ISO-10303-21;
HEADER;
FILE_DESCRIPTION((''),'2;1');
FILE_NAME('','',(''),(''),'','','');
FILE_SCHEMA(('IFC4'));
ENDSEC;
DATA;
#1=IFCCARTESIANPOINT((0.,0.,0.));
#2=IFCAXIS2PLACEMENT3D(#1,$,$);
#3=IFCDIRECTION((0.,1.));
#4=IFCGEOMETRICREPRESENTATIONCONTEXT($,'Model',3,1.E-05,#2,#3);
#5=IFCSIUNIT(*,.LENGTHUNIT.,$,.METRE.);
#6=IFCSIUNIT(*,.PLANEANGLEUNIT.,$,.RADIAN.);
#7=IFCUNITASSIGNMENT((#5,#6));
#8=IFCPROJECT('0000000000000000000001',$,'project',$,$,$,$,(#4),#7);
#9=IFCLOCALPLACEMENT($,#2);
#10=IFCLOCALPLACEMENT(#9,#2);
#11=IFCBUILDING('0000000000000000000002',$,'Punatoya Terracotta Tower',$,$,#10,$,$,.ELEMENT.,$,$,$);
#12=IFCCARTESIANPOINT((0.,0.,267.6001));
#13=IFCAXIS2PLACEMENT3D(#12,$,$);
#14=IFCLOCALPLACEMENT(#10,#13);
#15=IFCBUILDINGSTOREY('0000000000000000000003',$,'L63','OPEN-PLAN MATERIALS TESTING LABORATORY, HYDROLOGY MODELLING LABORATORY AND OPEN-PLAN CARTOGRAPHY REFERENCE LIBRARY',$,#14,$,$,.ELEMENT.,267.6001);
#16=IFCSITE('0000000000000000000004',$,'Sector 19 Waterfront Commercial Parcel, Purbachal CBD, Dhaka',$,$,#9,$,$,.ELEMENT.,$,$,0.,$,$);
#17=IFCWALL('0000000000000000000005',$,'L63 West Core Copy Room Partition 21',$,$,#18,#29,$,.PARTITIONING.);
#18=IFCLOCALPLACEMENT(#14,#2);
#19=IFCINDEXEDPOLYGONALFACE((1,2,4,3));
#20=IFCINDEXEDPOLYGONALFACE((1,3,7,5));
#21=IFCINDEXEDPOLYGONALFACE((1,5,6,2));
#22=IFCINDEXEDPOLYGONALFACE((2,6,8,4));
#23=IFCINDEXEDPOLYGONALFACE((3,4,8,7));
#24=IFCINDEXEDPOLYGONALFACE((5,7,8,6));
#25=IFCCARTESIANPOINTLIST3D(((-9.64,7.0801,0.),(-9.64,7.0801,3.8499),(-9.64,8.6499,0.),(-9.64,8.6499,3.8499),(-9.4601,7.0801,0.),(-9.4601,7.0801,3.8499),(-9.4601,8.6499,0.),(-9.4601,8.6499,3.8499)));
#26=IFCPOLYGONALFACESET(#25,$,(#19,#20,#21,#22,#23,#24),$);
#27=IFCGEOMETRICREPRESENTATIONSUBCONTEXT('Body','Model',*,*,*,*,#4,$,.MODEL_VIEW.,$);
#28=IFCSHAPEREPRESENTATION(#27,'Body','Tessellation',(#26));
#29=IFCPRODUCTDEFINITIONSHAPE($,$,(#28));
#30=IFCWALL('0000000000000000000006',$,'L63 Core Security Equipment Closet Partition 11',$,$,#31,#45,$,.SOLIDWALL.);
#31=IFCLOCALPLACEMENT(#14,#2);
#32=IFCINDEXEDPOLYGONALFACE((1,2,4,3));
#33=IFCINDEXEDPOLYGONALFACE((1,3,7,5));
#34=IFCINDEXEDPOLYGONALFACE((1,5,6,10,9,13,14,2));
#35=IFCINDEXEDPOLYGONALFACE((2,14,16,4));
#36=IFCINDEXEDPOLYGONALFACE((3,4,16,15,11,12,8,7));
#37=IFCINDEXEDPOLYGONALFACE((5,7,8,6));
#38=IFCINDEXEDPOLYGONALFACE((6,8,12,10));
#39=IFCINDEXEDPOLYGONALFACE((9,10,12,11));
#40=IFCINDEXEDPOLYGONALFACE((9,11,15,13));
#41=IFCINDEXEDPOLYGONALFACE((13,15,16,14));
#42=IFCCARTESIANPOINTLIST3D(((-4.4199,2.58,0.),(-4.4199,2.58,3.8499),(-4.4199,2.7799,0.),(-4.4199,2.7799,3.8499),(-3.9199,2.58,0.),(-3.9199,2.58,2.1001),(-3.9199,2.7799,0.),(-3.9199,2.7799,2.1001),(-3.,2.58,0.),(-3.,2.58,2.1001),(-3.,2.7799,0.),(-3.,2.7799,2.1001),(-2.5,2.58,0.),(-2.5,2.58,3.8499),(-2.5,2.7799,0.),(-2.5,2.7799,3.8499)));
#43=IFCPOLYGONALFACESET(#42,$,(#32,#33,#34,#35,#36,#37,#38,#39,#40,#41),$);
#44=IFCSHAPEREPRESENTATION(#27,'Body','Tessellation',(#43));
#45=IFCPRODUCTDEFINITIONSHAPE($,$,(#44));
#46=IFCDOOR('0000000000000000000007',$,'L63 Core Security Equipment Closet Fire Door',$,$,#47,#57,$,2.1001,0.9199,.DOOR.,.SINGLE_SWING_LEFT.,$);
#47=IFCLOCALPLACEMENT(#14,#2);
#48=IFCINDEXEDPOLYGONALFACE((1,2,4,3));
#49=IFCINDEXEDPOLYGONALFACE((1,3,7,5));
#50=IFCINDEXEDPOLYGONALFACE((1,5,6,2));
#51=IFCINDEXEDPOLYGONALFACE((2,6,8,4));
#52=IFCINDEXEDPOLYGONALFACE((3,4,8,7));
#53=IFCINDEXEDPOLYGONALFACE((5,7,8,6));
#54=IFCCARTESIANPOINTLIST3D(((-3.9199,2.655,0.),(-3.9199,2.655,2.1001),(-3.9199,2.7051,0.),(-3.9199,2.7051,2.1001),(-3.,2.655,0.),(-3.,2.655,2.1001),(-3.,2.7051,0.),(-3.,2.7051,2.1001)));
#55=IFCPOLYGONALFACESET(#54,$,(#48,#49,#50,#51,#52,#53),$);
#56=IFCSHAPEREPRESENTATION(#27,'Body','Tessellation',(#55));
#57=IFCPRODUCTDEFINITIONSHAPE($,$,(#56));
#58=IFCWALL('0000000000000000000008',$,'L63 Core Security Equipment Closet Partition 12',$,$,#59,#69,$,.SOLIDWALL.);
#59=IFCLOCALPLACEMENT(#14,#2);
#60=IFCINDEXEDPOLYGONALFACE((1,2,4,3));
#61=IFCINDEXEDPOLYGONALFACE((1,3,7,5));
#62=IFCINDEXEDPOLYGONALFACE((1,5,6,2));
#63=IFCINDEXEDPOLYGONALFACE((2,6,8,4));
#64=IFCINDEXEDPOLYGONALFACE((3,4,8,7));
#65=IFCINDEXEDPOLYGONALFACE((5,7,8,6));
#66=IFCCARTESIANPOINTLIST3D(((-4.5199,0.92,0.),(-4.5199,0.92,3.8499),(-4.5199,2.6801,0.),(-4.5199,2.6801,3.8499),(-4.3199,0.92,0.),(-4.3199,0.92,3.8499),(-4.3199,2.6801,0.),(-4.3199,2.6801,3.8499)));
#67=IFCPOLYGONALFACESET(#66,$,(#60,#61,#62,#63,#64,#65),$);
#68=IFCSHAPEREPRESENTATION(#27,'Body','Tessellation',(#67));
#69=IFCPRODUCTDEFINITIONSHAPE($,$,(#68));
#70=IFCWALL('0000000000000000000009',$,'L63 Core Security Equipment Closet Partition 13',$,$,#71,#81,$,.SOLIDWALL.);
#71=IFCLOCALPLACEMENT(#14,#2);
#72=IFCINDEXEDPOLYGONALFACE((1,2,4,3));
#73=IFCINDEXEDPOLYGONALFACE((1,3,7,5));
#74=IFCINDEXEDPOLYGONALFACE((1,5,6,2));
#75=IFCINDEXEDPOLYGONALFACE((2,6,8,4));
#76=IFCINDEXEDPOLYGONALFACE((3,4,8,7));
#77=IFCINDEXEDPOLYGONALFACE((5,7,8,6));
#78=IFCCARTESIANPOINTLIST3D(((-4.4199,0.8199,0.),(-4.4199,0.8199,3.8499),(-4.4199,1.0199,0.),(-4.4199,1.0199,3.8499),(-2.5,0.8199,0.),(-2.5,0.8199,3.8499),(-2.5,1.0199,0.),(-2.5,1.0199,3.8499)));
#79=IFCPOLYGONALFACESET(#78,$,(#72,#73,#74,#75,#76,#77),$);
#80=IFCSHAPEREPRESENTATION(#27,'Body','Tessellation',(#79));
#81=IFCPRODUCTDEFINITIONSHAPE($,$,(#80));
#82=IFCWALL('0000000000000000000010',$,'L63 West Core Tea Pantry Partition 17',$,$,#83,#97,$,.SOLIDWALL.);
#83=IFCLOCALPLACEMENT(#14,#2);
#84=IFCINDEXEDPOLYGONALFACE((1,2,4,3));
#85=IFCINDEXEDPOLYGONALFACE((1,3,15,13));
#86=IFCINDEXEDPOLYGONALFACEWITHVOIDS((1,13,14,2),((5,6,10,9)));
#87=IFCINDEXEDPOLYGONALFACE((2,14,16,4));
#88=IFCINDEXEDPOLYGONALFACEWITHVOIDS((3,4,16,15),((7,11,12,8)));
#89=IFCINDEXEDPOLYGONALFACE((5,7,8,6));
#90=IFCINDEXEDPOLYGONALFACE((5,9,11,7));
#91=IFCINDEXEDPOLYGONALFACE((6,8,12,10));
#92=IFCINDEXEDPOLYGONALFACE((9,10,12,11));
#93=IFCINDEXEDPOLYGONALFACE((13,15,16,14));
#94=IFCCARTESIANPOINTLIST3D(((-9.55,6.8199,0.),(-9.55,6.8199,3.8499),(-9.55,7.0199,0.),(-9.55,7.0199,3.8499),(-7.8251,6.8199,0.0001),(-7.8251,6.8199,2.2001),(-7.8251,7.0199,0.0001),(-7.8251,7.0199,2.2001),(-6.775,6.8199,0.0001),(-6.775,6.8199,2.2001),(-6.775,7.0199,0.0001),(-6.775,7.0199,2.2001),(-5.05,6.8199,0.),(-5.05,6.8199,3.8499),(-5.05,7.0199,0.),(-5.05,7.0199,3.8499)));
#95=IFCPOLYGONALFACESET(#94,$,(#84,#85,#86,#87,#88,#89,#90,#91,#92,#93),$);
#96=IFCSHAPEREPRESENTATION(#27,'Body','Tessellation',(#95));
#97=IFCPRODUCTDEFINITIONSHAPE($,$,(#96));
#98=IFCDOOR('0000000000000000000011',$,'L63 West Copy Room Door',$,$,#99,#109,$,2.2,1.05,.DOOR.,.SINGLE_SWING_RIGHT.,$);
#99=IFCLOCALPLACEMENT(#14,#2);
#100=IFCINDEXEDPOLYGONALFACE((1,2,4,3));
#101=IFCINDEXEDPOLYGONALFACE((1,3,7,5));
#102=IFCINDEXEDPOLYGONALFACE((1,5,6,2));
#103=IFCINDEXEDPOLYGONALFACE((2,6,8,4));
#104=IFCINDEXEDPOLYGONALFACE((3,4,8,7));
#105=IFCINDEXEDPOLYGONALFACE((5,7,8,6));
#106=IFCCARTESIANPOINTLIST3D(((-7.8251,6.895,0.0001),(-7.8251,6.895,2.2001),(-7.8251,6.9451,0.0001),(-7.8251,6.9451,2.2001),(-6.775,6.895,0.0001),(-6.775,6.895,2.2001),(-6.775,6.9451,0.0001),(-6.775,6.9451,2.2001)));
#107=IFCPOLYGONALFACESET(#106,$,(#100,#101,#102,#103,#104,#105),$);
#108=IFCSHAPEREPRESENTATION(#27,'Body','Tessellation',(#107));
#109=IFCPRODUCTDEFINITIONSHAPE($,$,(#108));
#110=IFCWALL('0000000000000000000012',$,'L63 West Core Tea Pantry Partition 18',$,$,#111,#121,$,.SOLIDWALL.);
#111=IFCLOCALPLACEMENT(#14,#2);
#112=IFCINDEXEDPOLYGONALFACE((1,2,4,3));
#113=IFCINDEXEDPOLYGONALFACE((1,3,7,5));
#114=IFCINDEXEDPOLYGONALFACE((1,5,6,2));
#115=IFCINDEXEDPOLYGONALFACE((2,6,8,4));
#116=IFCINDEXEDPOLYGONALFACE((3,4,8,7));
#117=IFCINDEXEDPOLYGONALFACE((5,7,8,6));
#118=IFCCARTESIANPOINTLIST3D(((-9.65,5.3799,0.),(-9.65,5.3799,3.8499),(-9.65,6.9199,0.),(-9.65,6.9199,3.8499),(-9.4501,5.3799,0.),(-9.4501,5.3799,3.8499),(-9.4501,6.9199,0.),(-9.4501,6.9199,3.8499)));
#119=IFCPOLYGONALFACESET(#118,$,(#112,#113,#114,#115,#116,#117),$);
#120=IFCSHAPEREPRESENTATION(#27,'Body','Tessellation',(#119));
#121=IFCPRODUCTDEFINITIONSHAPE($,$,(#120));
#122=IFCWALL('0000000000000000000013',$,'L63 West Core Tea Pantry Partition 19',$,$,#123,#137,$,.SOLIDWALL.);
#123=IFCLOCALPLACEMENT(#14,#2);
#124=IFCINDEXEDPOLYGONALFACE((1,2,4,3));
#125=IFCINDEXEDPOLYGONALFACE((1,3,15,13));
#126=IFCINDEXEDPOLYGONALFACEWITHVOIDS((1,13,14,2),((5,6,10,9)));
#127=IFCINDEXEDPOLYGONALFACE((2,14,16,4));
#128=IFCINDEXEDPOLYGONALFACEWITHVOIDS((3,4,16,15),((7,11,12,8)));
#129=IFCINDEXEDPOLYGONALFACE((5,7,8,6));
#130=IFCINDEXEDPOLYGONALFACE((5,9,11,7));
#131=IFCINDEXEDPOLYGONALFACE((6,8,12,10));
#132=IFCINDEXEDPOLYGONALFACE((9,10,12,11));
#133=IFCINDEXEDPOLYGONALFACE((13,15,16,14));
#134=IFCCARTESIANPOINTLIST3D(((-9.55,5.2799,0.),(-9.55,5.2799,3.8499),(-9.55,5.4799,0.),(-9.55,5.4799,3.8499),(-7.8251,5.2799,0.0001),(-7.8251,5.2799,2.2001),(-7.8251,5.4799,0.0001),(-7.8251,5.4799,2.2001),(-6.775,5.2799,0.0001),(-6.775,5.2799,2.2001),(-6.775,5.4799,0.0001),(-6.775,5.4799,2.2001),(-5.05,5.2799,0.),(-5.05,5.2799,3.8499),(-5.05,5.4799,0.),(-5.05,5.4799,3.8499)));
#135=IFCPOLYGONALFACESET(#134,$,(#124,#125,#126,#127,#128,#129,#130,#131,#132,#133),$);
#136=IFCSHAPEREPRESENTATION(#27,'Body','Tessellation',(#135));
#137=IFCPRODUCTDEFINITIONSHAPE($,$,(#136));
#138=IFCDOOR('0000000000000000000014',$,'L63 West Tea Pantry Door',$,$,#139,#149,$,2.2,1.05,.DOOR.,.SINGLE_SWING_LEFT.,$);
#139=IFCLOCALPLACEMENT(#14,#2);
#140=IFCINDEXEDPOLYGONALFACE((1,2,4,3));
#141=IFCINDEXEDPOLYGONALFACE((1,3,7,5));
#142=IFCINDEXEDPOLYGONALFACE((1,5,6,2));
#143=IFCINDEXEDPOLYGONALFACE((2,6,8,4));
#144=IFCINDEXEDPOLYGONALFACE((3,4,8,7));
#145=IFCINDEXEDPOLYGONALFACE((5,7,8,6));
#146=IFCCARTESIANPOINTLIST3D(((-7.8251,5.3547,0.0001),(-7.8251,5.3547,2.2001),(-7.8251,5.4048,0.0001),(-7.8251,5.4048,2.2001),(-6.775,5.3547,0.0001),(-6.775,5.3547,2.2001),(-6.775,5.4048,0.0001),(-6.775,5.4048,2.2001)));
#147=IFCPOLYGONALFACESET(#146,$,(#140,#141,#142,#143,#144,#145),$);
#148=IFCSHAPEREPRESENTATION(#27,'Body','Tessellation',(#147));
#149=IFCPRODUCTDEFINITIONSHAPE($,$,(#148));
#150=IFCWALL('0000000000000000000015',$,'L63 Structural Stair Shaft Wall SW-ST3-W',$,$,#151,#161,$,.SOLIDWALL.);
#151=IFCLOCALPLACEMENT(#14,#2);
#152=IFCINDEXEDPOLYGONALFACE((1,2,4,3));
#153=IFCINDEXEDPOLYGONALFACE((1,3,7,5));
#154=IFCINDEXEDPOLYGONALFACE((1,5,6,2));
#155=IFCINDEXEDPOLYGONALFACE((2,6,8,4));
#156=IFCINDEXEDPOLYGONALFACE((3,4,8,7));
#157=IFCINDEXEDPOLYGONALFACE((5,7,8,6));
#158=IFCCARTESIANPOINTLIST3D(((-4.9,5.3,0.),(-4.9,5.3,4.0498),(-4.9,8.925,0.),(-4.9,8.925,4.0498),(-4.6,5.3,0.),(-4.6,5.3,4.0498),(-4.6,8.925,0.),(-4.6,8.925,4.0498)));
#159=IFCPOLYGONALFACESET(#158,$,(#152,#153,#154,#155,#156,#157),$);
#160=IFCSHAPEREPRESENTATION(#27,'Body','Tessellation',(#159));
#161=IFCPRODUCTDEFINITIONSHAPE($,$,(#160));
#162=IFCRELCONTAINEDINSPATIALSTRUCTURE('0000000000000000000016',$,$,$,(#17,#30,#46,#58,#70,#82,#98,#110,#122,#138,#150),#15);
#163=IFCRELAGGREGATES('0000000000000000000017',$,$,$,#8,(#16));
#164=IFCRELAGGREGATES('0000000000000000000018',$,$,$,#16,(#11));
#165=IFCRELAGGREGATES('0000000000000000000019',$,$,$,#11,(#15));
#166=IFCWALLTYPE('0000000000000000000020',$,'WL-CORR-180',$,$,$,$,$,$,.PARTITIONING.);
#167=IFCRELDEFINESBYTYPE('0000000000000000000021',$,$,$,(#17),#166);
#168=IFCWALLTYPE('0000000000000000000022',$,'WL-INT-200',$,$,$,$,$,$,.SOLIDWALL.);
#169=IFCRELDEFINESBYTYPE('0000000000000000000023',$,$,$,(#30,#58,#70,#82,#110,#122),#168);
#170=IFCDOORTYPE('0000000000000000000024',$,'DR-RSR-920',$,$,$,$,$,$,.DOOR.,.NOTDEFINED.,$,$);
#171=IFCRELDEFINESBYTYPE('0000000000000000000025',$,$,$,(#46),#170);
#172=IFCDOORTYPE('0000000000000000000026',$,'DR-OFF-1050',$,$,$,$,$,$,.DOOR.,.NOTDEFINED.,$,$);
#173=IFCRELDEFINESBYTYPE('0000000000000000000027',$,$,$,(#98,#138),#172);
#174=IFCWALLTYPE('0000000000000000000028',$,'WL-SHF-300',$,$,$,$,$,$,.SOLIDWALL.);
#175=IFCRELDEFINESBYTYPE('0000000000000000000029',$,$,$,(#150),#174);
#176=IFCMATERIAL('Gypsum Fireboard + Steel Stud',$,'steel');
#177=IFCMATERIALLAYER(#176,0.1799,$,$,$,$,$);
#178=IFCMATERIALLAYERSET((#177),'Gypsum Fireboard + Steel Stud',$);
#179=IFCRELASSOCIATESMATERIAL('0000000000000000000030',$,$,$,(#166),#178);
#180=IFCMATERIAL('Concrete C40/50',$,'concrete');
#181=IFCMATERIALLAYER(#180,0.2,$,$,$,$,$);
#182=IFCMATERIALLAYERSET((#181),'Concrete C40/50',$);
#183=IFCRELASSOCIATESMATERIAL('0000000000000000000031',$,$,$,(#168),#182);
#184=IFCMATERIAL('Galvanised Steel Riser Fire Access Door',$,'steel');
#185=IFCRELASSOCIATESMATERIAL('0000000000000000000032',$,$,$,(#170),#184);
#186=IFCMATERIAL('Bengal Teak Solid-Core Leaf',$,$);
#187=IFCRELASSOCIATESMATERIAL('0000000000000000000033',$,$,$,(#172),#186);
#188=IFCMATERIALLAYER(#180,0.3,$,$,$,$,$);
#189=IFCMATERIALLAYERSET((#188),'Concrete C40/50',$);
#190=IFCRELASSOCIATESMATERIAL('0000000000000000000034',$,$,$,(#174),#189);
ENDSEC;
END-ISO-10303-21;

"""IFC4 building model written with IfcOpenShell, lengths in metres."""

from ifc_helpers import new_model, si_unit, direction, frame, frame_2d, origin, place, context, subcontext, project, spatial, rectangle, extrude, material, layer, layer_set, type_object, element, fill, save


model = new_model("IFC4")

# Units and contexts
model_context = context("Model", 3, precision=1e-05, world=origin(), true_north=direction((0.0, 1.0)))
body_context = subcontext(model_context, "Body", "Model", "MODEL_VIEW")
ifc_project = project(units=[si_unit("LENGTHUNIT", "METRE"), si_unit("PLANEANGLEUNIT", "RADIAN")], contexts=[model_context])

# Site, building, storey
site_placement = place(None, origin())
site = spatial("IfcSite", under=ifc_project, at=site_placement, Name="Sector 19 Waterfront Commercial Parcel, Purbachal CBD, Dhaka", CompositionType="ELEMENT", RefElevation=0.0)
building_placement = place(site_placement, origin())
building = spatial("IfcBuilding", under=site, at=building_placement, Name="Punatoya Terracotta Tower", CompositionType="ELEMENT")
storey_placement = place(building_placement, frame((0.0, 0.0, 267.6001)))
storey = spatial("IfcBuildingStorey", under=building, at=storey_placement, Name="L63", Description="OPEN-PLAN MATERIALS TESTING LABORATORY, HYDROLOGY MODELLING LABORATORY AND OPEN-PLAN CARTOGRAPHY REFERENCE LIBRARY", CompositionType="ELEMENT", Elevation=267.6001)

# Wall
ifc_material_1 = material(Name="Gypsum Fireboard + Steel Stud", Category="steel")
ifc_layer_1 = layer(ifc_material_1, 0.1799)
ifc_layer_set_1 = layer_set([ifc_layer_1], Name="Gypsum Fireboard + Steel Stud")
wall_type_1 = type_object("IfcWallType", Name="WL-CORR-180", PredefinedType="PARTITIONING", material=ifc_layer_set_1)
wall_1_placement = place(storey_placement, frame((-9.55, 8.6499, 0.0), z_axis=(0.0, 0.0, 1.0), x_axis=(0.0, -1.0, 0.0)))
element("IfcWall", 1, at=wall_1_placement, inside=storey, type_object=wall_type_1, Name="L63 West Core Copy Room Partition 21", PredefinedType="PARTITIONING", context=body_context, shape_type="SweptSolid", body=[
    extrude(rectangle(XDim=1.5698, YDim=0.1799, at=frame_2d((0.7849, 0.0))), origin(), (0.0, 0.0, 1.0), 3.8499),
])

# Wall, opening, door
ifc_material_2 = material(Name="Concrete C40/50", Category="concrete")
ifc_layer_2 = layer(ifc_material_2, 0.2)
ifc_layer_set_2 = layer_set([ifc_layer_2], Name="Concrete C40/50")
wall_type_2 = type_object("IfcWallType", Name="WL-INT-200", PredefinedType="SOLIDWALL", material=ifc_layer_set_2)
wall_2_placement = place(storey_placement, frame((-2.5, 2.6799, 0.0), z_axis=(0.0, 0.0, 1.0), x_axis=(-1.0, 0.0, 0.0)))
wall_2 = element("IfcWall", 2, at=wall_2_placement, inside=storey, type_object=wall_type_2, Name="L63 Core Security Equipment Closet Partition 11", PredefinedType="SOLIDWALL", context=body_context, shape_type="SweptSolid", body=[
    extrude(rectangle(XDim=1.9199, YDim=0.2, at=frame_2d((0.96, 0.0))), origin(), (0.0, 0.0, 1.0), 3.8499),
])
opening_1_placement = place(wall_2_placement, frame((0.5, 0.0, 0.0)))
opening_1 = element("IfcOpeningElement", 3, at=opening_1_placement, cuts=wall_2, PredefinedType="OPENING", context=body_context, shape_type="SweptSolid", body=[
    extrude(rectangle(XDim=0.9199, YDim=2.1001, at=frame_2d((0.46, 1.05))), frame((0.0, 0.1099, 0.0), z_axis=(0.0, -1.0, 0.0), x_axis=(1.0, 0.0, 0.0)), (0.0, 0.0, 1.0), 0.22),
])
ifc_material_3 = material(Name="Galvanised Steel Riser Fire Access Door", Category="steel")
door_type_1 = type_object("IfcDoorType", Name="DR-RSR-920", OperationType="NOTDEFINED", PredefinedType="DOOR", material=ifc_material_3)
door_1_placement = place(opening_1_placement, origin())
door_1 = element("IfcDoor", 4, at=door_1_placement, inside=storey, type_object=door_type_1, Name="L63 Core Security Equipment Closet Fire Door", OperationType="SINGLE_SWING_LEFT", OverallHeight=2.1001, OverallWidth=0.9199, PredefinedType="DOOR", context=body_context, shape_type="SweptSolid", body=[
    extrude(rectangle(XDim=0.9199, YDim=2.1001, at=frame_2d((0.46, 1.05))), frame((0.0, 0.0249, 0.0), z_axis=(0.0, -1.0, 0.0), x_axis=(1.0, 0.0, 0.0)), (0.0, 0.0, 1.0), 0.05),
])
fill(opening_1, door_1)

# Walls
wall_3_placement = place(storey_placement, frame((-4.4199, 2.6799, 0.0), z_axis=(0.0, 0.0, 1.0), x_axis=(0.0, -1.0, 0.0)))
element("IfcWall", 5, at=wall_3_placement, inside=storey, type_object=wall_type_2, Name="L63 Core Security Equipment Closet Partition 12", PredefinedType="SOLIDWALL", context=body_context, shape_type="SweptSolid", body=[
    extrude(rectangle(XDim=1.76, YDim=0.2, at=frame_2d((0.8799, 0.0))), origin(), (0.0, 0.0, 1.0), 3.8499),
])
wall_4_placement = place(storey_placement, frame((-4.4199, 0.9199, 0.0), z_axis=(0.0, 0.0, 1.0), x_axis=(1.0, 0.0, 0.0)))
element("IfcWall", 6, at=wall_4_placement, inside=storey, type_object=wall_type_2, Name="L63 Core Security Equipment Closet Partition 13", PredefinedType="SOLIDWALL", context=body_context, shape_type="SweptSolid", body=[
    extrude(rectangle(XDim=1.9199, YDim=0.2, at=frame_2d((0.96, 0.0))), origin(), (0.0, 0.0, 1.0), 3.8499),
])

# Wall, opening, door
wall_5_placement = place(storey_placement, frame((-5.05, 6.9199, 0.0), z_axis=(0.0, 0.0, 1.0), x_axis=(-1.0, 0.0, 0.0)))
wall_5 = element("IfcWall", 7, at=wall_5_placement, inside=storey, type_object=wall_type_2, Name="L63 West Core Tea Pantry Partition 17", PredefinedType="SOLIDWALL", context=body_context, shape_type="SweptSolid", body=[
    extrude(rectangle(XDim=4.5, YDim=0.2, at=frame_2d((2.25, 0.0))), origin(), (0.0, 0.0, 1.0), 3.8499),
])
opening_2_placement = place(wall_5_placement, frame((1.7251, 0.0, 0.0)))
opening_2 = element("IfcOpeningElement", 8, at=opening_2_placement, cuts=wall_5, PredefinedType="OPENING", context=body_context, shape_type="SweptSolid", body=[
    extrude(rectangle(XDim=1.05, YDim=2.2, at=frame_2d((0.5249, 1.1001))), frame((0.0, 0.1099, 0.0), z_axis=(0.0, -1.0, 0.0), x_axis=(1.0, 0.0, 0.0)), (0.0, 0.0, 1.0), 0.22),
])
ifc_material_4 = material(Name="Bengal Teak Solid-Core Leaf")
door_type_2 = type_object("IfcDoorType", Name="DR-OFF-1050", OperationType="NOTDEFINED", PredefinedType="DOOR", material=ifc_material_4)
door_2_placement = place(opening_2_placement, origin())
door_2 = element("IfcDoor", 9, at=door_2_placement, inside=storey, type_object=door_type_2, Name="L63 West Copy Room Door", OperationType="SINGLE_SWING_RIGHT", OverallHeight=2.2, OverallWidth=1.05, PredefinedType="DOOR", context=body_context, shape_type="SweptSolid", body=[
    extrude(rectangle(XDim=1.05, YDim=2.2, at=frame_2d((0.5249, 1.1001))), frame((0.0, 0.0249, 0.0), z_axis=(0.0, -1.0, 0.0), x_axis=(1.0, 0.0, 0.0)), (0.0, 0.0, 1.0), 0.05),
])
fill(opening_2, door_2)

# Wall
wall_6_placement = place(storey_placement, frame((-9.55, 6.9199, 0.0), z_axis=(0.0, 0.0, 1.0), x_axis=(0.0, -1.0, 0.0)))
element("IfcWall", 10, at=wall_6_placement, inside=storey, type_object=wall_type_2, Name="L63 West Core Tea Pantry Partition 18", PredefinedType="SOLIDWALL", context=body_context, shape_type="SweptSolid", body=[
    extrude(rectangle(XDim=1.54, YDim=0.2, at=frame_2d((0.77, 0.0))), origin(), (0.0, 0.0, 1.0), 3.8499),
])

# Wall, opening, door
wall_7_placement = place(storey_placement, frame((-9.55, 5.3799, 0.0), z_axis=(0.0, 0.0, 1.0), x_axis=(1.0, 0.0, 0.0)))
wall_7 = element("IfcWall", 11, at=wall_7_placement, inside=storey, type_object=wall_type_2, Name="L63 West Core Tea Pantry Partition 19", PredefinedType="SOLIDWALL", context=body_context, shape_type="SweptSolid", body=[
    extrude(rectangle(XDim=4.5, YDim=0.2, at=frame_2d((2.25, 0.0))), origin(), (0.0, 0.0, 1.0), 3.8499),
])
opening_3_placement = place(wall_7_placement, frame((1.7251, 0.0, 0.0)))
opening_3 = element("IfcOpeningElement", 12, at=opening_3_placement, cuts=wall_7, PredefinedType="OPENING", context=body_context, shape_type="SweptSolid", body=[
    extrude(rectangle(XDim=1.05, YDim=2.2, at=frame_2d((0.5249, 1.1001))), frame((0.0, 0.1099, 0.0), z_axis=(0.0, -1.0, 0.0), x_axis=(1.0, 0.0, 0.0)), (0.0, 0.0, 1.0), 0.22),
])
door_3_placement = place(opening_3_placement, origin())
door_3 = element("IfcDoor", 13, at=door_3_placement, inside=storey, type_object=door_type_2, Name="L63 West Tea Pantry Door", OperationType="SINGLE_SWING_LEFT", OverallHeight=2.2, OverallWidth=1.05, PredefinedType="DOOR", context=body_context, shape_type="SweptSolid", body=[
    extrude(rectangle(XDim=1.05, YDim=2.2, at=frame_2d((0.5249, 1.1001))), frame((0.0, 0.0249, 0.0), z_axis=(0.0, -1.0, 0.0), x_axis=(1.0, 0.0, 0.0)), (0.0, 0.0, 1.0), 0.05),
])
fill(opening_3, door_3)

# Wall
ifc_layer_3 = layer(ifc_material_2, 0.3)
ifc_layer_set_3 = layer_set([ifc_layer_3], Name="Concrete C40/50")
wall_type_3 = type_object("IfcWallType", Name="WL-SHF-300", PredefinedType="SOLIDWALL", material=ifc_layer_set_3)
wall_8_placement = place(storey_placement, frame((-4.75, 5.3, 0.0), z_axis=(0.0, 0.0, 1.0), x_axis=(0.0, 1.0, 0.0)))
element("IfcWall", 14, at=wall_8_placement, inside=storey, type_object=wall_type_3, Name="L63 Structural Stair Shaft Wall SW-ST3-W", PredefinedType="SOLIDWALL", context=body_context, shape_type="SweptSolid", body=[
    extrude(rectangle(XDim=3.625, YDim=0.3, at=frame_2d((1.8125, 0.0))), origin(), (0.0, 0.0, 1.0), 4.0498),
])

save(model, "model.ifc")
